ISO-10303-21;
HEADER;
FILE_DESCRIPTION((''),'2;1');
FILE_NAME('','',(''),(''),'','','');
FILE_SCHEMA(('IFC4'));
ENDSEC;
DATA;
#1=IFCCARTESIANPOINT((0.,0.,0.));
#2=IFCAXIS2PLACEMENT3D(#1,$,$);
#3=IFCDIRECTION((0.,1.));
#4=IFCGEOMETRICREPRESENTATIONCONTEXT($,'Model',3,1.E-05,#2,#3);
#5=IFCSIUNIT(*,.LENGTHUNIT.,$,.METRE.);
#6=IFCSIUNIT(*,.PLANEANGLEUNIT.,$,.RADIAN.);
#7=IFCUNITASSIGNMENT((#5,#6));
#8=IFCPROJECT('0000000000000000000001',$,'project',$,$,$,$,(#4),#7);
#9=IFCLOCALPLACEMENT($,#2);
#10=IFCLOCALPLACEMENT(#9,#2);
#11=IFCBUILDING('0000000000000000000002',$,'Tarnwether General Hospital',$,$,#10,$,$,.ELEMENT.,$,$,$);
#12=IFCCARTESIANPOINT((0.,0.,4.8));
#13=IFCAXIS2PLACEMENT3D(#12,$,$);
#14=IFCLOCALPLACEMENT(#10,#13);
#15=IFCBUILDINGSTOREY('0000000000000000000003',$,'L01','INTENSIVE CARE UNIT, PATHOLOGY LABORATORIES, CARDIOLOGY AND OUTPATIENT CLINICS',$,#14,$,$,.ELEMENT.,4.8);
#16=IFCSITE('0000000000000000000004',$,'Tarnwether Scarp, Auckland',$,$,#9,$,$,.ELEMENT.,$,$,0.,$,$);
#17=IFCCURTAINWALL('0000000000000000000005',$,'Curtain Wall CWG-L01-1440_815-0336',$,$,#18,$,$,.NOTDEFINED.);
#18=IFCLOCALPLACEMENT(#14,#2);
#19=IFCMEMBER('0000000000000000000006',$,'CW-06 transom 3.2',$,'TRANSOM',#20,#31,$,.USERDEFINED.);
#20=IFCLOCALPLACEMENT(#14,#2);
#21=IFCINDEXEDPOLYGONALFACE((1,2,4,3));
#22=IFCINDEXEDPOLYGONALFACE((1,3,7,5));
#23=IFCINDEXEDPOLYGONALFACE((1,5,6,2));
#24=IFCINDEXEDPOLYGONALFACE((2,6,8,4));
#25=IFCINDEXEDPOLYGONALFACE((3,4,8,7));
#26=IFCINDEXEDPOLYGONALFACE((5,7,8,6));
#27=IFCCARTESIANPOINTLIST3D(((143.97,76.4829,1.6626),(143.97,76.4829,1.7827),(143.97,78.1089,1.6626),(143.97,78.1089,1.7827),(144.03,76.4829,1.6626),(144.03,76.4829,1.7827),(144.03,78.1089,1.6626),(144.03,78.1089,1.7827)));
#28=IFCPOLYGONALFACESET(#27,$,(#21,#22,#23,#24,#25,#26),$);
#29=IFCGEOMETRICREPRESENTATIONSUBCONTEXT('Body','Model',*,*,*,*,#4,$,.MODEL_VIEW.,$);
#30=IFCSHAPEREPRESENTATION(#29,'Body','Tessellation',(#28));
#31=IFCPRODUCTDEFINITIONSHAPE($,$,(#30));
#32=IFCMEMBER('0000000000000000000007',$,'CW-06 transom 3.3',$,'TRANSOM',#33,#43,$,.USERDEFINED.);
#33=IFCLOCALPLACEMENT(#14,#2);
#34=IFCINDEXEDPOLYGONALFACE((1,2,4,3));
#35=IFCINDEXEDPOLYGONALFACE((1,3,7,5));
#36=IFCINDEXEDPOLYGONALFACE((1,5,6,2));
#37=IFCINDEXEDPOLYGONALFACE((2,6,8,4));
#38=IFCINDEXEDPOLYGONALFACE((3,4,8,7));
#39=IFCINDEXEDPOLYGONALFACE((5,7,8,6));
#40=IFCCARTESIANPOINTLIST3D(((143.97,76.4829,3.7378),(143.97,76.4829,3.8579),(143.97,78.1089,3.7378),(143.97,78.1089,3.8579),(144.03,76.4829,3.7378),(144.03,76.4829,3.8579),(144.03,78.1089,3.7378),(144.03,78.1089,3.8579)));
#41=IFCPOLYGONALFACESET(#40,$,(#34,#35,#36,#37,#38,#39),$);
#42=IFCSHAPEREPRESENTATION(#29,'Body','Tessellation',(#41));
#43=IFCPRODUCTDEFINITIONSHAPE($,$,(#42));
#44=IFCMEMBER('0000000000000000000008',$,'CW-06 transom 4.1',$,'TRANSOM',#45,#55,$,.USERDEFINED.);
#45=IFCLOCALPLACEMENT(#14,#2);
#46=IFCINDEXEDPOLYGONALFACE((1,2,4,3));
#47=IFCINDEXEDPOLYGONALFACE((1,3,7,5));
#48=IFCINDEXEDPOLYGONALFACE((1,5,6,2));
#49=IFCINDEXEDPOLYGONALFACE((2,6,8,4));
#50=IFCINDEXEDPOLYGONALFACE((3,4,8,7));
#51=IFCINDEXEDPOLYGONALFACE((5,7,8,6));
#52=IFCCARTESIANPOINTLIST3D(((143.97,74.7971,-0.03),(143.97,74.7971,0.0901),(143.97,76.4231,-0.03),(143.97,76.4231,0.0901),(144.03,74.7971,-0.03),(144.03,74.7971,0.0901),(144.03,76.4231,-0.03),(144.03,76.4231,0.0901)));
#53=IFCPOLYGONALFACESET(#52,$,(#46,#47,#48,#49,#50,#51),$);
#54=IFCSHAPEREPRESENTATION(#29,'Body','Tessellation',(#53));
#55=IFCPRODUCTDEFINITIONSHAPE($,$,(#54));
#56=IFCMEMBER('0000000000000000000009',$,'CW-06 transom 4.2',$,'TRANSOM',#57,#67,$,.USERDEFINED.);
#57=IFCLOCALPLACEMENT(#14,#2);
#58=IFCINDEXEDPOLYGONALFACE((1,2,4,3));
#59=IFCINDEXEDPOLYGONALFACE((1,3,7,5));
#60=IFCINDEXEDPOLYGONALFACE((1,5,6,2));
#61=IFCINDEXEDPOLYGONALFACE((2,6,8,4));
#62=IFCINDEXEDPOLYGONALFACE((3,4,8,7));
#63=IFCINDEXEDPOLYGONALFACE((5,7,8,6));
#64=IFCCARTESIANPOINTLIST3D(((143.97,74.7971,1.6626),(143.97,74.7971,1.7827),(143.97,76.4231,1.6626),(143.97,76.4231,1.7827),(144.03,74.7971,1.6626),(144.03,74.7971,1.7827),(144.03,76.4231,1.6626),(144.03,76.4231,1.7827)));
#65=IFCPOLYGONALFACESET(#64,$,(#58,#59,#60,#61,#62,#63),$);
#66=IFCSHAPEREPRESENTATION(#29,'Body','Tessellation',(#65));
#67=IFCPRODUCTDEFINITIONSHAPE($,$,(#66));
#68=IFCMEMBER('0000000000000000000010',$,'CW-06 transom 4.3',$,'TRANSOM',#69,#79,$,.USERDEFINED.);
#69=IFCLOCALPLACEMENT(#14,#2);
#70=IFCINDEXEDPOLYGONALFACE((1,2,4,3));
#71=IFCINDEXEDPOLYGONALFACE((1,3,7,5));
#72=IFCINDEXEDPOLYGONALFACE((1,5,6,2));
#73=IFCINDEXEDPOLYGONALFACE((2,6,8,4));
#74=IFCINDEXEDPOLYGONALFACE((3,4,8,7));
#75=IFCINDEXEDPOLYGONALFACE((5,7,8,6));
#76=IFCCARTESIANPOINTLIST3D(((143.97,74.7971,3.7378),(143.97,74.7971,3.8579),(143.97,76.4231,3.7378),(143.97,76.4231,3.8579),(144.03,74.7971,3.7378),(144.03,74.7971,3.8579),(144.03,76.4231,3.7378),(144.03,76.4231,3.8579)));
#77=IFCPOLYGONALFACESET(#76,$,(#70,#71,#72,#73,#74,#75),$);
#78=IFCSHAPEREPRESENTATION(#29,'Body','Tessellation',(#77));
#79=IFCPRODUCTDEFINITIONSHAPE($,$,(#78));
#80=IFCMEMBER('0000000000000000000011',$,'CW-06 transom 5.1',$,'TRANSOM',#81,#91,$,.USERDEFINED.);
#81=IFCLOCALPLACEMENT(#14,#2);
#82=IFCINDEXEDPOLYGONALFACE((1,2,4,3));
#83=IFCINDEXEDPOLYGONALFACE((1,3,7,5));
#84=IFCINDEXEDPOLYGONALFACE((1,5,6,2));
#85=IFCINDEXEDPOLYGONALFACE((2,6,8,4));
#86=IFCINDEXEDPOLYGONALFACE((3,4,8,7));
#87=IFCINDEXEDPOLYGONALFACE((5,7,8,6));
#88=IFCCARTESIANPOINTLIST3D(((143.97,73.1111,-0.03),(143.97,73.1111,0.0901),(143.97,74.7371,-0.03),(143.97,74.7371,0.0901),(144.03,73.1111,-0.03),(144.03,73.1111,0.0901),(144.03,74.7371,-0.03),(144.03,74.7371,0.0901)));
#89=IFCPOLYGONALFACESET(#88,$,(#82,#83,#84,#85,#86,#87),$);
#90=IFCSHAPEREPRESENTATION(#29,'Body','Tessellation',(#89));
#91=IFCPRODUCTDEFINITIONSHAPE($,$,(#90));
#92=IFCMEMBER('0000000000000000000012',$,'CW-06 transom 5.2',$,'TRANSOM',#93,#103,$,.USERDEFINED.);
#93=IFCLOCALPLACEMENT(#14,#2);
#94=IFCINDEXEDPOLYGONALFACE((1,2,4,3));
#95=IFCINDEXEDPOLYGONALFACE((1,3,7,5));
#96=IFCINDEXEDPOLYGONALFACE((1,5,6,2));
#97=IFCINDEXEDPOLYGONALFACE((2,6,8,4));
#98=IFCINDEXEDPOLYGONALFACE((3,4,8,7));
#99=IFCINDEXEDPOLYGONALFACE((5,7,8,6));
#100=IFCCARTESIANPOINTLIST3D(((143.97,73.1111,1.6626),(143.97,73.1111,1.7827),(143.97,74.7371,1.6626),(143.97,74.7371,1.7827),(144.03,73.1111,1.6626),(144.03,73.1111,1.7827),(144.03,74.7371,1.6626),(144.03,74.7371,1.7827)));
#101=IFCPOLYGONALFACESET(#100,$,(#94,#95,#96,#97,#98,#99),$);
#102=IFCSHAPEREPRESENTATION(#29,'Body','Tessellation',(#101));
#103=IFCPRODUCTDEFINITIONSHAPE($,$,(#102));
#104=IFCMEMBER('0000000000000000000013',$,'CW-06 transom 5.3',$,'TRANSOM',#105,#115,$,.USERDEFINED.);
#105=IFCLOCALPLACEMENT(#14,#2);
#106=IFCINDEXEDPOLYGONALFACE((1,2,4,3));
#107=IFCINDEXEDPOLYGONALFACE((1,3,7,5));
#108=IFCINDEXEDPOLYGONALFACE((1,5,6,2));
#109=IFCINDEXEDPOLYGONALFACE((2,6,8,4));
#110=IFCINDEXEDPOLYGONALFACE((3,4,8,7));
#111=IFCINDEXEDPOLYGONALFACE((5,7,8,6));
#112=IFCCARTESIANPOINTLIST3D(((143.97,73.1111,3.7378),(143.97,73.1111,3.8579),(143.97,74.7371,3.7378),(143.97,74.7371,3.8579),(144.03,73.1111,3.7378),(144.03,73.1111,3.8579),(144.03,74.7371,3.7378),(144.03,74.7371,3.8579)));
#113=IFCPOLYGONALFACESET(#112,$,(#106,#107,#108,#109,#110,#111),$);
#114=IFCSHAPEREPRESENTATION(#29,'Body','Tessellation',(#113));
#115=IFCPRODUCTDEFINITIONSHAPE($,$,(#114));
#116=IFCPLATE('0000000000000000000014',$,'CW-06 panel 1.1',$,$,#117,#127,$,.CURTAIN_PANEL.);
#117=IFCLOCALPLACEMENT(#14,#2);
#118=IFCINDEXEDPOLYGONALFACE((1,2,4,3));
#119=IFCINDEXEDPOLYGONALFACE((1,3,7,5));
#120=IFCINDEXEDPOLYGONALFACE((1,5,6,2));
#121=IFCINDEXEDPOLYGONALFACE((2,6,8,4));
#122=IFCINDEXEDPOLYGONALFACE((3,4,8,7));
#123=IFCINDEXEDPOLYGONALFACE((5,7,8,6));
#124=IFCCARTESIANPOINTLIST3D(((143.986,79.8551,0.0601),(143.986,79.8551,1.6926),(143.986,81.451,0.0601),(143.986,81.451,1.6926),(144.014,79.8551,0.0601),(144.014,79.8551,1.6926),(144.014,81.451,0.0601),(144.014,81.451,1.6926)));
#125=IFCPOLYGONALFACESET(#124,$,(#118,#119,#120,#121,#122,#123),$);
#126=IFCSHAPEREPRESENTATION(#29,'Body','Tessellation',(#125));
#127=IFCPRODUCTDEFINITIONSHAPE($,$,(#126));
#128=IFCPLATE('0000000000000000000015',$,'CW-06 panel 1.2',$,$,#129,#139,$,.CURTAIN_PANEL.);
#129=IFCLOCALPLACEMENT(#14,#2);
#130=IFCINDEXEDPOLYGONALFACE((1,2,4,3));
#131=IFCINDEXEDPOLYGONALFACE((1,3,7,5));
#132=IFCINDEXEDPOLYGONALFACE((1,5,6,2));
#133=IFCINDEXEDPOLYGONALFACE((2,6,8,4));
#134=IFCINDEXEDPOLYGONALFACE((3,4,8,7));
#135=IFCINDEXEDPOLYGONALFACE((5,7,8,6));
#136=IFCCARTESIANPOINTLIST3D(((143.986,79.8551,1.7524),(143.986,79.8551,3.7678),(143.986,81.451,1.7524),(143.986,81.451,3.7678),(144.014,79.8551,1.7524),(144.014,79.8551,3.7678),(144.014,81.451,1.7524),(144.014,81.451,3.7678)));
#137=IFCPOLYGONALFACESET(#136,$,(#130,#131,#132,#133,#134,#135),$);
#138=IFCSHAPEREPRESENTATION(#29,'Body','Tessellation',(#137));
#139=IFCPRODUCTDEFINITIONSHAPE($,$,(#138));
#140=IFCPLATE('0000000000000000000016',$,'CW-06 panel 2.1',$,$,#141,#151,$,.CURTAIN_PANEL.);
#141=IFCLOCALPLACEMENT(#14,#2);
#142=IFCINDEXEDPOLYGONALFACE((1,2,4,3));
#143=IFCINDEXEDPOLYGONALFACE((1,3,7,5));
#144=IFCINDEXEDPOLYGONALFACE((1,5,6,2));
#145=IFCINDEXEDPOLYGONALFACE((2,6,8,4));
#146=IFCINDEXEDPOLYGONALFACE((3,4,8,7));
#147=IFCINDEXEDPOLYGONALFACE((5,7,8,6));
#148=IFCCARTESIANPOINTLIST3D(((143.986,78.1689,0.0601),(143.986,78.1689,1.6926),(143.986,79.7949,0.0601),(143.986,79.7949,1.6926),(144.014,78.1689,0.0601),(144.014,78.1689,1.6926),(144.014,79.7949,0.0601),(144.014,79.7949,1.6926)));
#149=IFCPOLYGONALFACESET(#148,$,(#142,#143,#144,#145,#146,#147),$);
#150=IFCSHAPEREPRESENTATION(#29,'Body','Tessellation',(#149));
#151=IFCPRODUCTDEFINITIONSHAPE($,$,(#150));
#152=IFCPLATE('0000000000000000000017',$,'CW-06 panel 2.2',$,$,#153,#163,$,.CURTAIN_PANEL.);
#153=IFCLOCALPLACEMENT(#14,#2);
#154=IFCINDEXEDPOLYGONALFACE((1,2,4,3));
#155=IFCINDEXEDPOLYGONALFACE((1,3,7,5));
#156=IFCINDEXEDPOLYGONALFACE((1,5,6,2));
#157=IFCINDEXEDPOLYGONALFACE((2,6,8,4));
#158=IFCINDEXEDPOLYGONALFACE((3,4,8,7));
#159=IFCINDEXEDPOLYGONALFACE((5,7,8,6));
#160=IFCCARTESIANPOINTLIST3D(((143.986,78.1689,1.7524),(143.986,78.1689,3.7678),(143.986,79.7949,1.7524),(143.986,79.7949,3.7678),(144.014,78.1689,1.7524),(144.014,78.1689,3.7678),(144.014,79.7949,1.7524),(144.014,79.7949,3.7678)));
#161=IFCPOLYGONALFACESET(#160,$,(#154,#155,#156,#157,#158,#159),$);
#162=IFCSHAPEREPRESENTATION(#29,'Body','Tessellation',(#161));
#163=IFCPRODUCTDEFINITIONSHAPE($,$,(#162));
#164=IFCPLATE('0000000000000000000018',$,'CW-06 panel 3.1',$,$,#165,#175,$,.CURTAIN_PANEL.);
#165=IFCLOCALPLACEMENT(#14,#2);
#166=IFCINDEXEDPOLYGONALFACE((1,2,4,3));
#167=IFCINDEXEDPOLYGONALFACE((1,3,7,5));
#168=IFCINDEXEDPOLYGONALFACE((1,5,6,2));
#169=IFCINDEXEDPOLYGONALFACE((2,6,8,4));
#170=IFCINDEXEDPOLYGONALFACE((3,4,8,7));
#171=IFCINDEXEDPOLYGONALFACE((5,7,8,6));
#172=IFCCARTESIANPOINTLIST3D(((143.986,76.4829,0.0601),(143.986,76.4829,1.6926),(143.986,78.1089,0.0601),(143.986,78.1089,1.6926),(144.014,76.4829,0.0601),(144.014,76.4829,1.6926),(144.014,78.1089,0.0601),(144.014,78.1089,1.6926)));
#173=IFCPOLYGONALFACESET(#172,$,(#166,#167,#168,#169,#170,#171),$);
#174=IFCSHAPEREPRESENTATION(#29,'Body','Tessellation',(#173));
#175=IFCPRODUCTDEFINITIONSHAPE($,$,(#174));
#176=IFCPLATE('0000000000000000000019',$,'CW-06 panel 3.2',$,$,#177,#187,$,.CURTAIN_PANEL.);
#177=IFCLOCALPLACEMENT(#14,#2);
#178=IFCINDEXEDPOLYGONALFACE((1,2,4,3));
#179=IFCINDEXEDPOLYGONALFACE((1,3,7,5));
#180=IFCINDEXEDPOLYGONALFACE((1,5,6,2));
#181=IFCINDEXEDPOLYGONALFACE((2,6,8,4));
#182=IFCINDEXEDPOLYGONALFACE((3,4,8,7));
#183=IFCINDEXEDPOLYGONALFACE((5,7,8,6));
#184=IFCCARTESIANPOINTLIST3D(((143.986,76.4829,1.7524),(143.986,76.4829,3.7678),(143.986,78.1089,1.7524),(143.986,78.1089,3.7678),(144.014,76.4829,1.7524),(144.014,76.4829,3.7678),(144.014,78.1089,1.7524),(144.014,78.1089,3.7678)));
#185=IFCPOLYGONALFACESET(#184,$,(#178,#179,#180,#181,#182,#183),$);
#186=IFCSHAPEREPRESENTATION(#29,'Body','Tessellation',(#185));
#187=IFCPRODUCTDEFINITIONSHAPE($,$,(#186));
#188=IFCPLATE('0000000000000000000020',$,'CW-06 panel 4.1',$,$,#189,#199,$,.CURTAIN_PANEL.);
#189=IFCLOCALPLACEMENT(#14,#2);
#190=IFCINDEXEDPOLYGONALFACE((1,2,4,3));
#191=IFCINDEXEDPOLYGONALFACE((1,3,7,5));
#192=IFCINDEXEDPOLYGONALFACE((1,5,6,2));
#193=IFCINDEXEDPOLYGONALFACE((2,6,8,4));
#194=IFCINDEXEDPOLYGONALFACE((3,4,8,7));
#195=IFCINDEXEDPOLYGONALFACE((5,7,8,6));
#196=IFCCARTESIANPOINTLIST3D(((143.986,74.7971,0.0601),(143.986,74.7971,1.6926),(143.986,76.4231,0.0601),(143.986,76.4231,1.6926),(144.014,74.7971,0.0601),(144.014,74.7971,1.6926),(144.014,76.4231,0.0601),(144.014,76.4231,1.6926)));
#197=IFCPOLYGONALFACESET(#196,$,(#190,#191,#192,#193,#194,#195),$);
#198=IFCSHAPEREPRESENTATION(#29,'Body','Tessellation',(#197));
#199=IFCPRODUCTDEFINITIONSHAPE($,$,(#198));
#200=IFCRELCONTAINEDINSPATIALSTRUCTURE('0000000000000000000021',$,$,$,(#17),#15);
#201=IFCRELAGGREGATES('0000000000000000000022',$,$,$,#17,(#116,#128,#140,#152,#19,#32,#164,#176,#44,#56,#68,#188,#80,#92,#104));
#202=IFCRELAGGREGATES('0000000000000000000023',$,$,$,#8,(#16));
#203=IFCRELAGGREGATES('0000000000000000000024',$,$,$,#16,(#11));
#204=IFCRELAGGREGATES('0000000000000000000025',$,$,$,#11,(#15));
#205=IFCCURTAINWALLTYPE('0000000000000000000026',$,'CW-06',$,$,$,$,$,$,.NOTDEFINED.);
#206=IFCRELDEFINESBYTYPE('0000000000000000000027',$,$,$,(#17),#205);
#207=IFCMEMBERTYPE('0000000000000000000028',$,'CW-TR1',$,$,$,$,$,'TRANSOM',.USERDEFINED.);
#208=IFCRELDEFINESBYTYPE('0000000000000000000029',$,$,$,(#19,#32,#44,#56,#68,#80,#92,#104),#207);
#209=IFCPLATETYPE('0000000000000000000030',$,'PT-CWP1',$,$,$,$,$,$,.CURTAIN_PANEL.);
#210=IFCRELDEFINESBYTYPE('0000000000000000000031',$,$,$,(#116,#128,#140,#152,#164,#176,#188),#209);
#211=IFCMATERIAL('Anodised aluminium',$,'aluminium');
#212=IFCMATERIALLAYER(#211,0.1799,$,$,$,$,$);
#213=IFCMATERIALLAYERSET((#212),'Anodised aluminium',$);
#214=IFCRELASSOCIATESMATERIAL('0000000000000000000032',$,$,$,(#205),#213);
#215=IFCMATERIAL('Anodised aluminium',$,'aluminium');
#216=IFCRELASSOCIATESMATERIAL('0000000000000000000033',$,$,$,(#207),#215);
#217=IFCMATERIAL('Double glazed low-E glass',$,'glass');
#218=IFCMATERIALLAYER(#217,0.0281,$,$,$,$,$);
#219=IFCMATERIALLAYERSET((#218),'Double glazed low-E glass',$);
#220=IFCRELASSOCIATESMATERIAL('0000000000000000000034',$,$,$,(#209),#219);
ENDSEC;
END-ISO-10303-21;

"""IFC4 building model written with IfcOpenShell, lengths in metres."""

from ifc_helpers import new_model, si_unit, direction, frame, origin, origin_2d, place, context, subcontext, project, spatial, rectangle, extrude, material, layer, layer_set, material_profile, profile_set, type_object, element, aggregate, save


model = new_model("IFC4")

# Units and contexts
model_context = context("Model", 3, precision=1e-05, world=origin(), true_north=direction((0.0, 1.0)))
body_context = subcontext(model_context, "Body", "Model", "MODEL_VIEW")
ifc_project = project(units=[si_unit("LENGTHUNIT", "METRE"), si_unit("PLANEANGLEUNIT", "RADIAN")], contexts=[model_context])

# Site, building, storey
site_placement = place(None, origin())
site = spatial("IfcSite", under=ifc_project, at=site_placement, Name="Tarnwether Scarp, Auckland", CompositionType="ELEMENT", RefElevation=0.0)
building_placement = place(site_placement, origin())
building = spatial("IfcBuilding", under=site, at=building_placement, Name="Tarnwether General Hospital", CompositionType="ELEMENT")
storey_placement = place(building_placement, frame((0.0, 0.0, 4.8)))
storey = spatial("IfcBuildingStorey", under=building, at=storey_placement, Name="L01", Description="INTENSIVE CARE UNIT, PATHOLOGY LABORATORIES, CARDIOLOGY AND OUTPATIENT CLINICS", CompositionType="ELEMENT", Elevation=4.8)

# Curtain wall, members, plates
ifc_material_1 = material(Name="Anodised aluminium", Category="aluminium")
ifc_layer_1 = layer(ifc_material_1, 0.1799)
ifc_layer_set_1 = layer_set([ifc_layer_1], Name="Anodised aluminium")
curtain_wall_type = type_object("IfcCurtainWallType", Name="CW-06", PredefinedType="NOTDEFINED", material=ifc_layer_set_1)
curtain_wall_placement = place(storey_placement, origin())
curtain_wall = element("IfcCurtainWall", 1, at=curtain_wall_placement, inside=storey, type_object=curtain_wall_type, Name="Curtain Wall CWG-L01-1440_815-0336", PredefinedType="NOTDEFINED")
ifc_material_2 = material(Name="Anodised aluminium", Category="aluminium")
ifc_material_profile_1 = material_profile(ifc_material_2, rectangle(XDim=0.0601, YDim=0.1201, at=origin_2d()), Name="ALU-TRN-60x120")
ifc_profile_set_1 = profile_set([ifc_material_profile_1], Name="Anodised aluminium")
member_type_1 = type_object("IfcMemberType", Name="CW-TR1", ElementType="TRANSOM", PredefinedType="USERDEFINED", material=ifc_profile_set_1)
member_1_placement = place(storey_placement, frame((144.0, 78.1089, 1.7227), z_axis=(0.0, -1.0, 0.0), x_axis=(1.0, 0.0, 0.0)))
member_1 = element("IfcMember", 2, at=member_1_placement, type_object=member_type_1, Name="CW-06 transom 3.2", ObjectType="TRANSOM", PredefinedType="USERDEFINED", context=body_context, shape_type="SweptSolid", body=[
    extrude(rectangle(XDim=0.0601, YDim=0.1201, at=origin_2d()), origin(), (0.0, 0.0, 1.0), 1.626),
])
member_2_placement = place(storey_placement, frame((144.0, 78.1089, 3.7979), z_axis=(0.0, -1.0, 0.0), x_axis=(1.0, 0.0, 0.0)))
member_2 = element("IfcMember", 3, at=member_2_placement, type_object=member_type_1, Name="CW-06 transom 3.3", ObjectType="TRANSOM", PredefinedType="USERDEFINED", context=body_context, shape_type="SweptSolid", body=[
    extrude(rectangle(XDim=0.0601, YDim=0.1201, at=origin_2d()), origin(), (0.0, 0.0, 1.0), 1.626),
])
member_3_placement = place(storey_placement, frame((144.0, 76.4231, 0.03), z_axis=(0.0, -1.0, 0.0), x_axis=(1.0, 0.0, 0.0)))
member_3 = element("IfcMember", 4, at=member_3_placement, type_object=member_type_1, Name="CW-06 transom 4.1", ObjectType="TRANSOM", PredefinedType="USERDEFINED", context=body_context, shape_type="SweptSolid", body=[
    extrude(rectangle(XDim=0.0601, YDim=0.1201, at=origin_2d()), origin(), (0.0, 0.0, 1.0), 1.626),
])
member_4_placement = place(storey_placement, frame((144.0, 76.4231, 1.7227), z_axis=(0.0, -1.0, 0.0), x_axis=(1.0, 0.0, 0.0)))
member_4 = element("IfcMember", 5, at=member_4_placement, type_object=member_type_1, Name="CW-06 transom 4.2", ObjectType="TRANSOM", PredefinedType="USERDEFINED", context=body_context, shape_type="SweptSolid", body=[
    extrude(rectangle(XDim=0.0601, YDim=0.1201, at=origin_2d()), origin(), (0.0, 0.0, 1.0), 1.626),
])
member_5_placement = place(storey_placement, frame((144.0, 76.4231, 3.7979), z_axis=(0.0, -1.0, 0.0), x_axis=(1.0, 0.0, 0.0)))
member_5 = element("IfcMember", 6, at=member_5_placement, type_object=member_type_1, Name="CW-06 transom 4.3", ObjectType="TRANSOM", PredefinedType="USERDEFINED", context=body_context, shape_type="SweptSolid", body=[
    extrude(rectangle(XDim=0.0601, YDim=0.1201, at=origin_2d()), origin(), (0.0, 0.0, 1.0), 1.626),
])
member_6_placement = place(storey_placement, frame((144.0, 74.7371, 0.03), z_axis=(0.0, -1.0, 0.0), x_axis=(1.0, 0.0, 0.0)))
member_6 = element("IfcMember", 7, at=member_6_placement, type_object=member_type_1, Name="CW-06 transom 5.1", ObjectType="TRANSOM", PredefinedType="USERDEFINED", context=body_context, shape_type="SweptSolid", body=[
    extrude(rectangle(XDim=0.0601, YDim=0.1201, at=origin_2d()), origin(), (0.0, 0.0, 1.0), 1.626),
])
member_7_placement = place(storey_placement, frame((144.0, 74.7371, 1.7227), z_axis=(0.0, -1.0, 0.0), x_axis=(1.0, 0.0, 0.0)))
member_7 = element("IfcMember", 8, at=member_7_placement, type_object=member_type_1, Name="CW-06 transom 5.2", ObjectType="TRANSOM", PredefinedType="USERDEFINED", context=body_context, shape_type="SweptSolid", body=[
    extrude(rectangle(XDim=0.0601, YDim=0.1201, at=origin_2d()), origin(), (0.0, 0.0, 1.0), 1.626),
])
member_8_placement = place(storey_placement, frame((144.0, 74.7371, 3.7979), z_axis=(0.0, -1.0, 0.0), x_axis=(1.0, 0.0, 0.0)))
member_8 = element("IfcMember", 9, at=member_8_placement, type_object=member_type_1, Name="CW-06 transom 5.3", ObjectType="TRANSOM", PredefinedType="USERDEFINED", context=body_context, shape_type="SweptSolid", body=[
    extrude(rectangle(XDim=0.0601, YDim=0.1201, at=origin_2d()), origin(), (0.0, 0.0, 1.0), 1.626),
])
ifc_material_3 = material(Name="Double glazed low-E glass", Category="glass")
ifc_layer_2 = layer(ifc_material_3, 0.0281)
ifc_layer_set_2 = layer_set([ifc_layer_2], Name="Double glazed low-E glass")
plate_type_1 = type_object("IfcPlateType", Name="PT-CWP1", PredefinedType="CURTAIN_PANEL", material=ifc_layer_set_2)
plate_1_placement = place(storey_placement, frame((144.0, 80.6531, 0.0601), z_axis=(0.0, 0.0, 1.0), x_axis=(0.0, -1.0, 0.0)))
plate_1 = element("IfcPlate", 10, at=plate_1_placement, type_object=plate_type_1, Name="CW-06 panel 1.1", PredefinedType="CURTAIN_PANEL", context=body_context, shape_type="SweptSolid", body=[
    extrude(rectangle(XDim=1.5959, YDim=0.0281, at=origin_2d()), origin(), (0.0, 0.0, 1.0), 1.6326),
])
plate_2_placement = place(storey_placement, frame((144.0, 80.6531, 1.7524), z_axis=(0.0, 0.0, 1.0), x_axis=(0.0, -1.0, 0.0)))
plate_2 = element("IfcPlate", 11, at=plate_2_placement, type_object=plate_type_1, Name="CW-06 panel 1.2", PredefinedType="CURTAIN_PANEL", context=body_context, shape_type="SweptSolid", body=[
    extrude(rectangle(XDim=1.5959, YDim=0.0281, at=origin_2d()), origin(), (0.0, 0.0, 1.0), 2.0154),
])
plate_3_placement = place(storey_placement, frame((144.0, 78.9819, 0.0601), z_axis=(0.0, 0.0, 1.0), x_axis=(0.0, -1.0, 0.0)))
plate_3 = element("IfcPlate", 12, at=plate_3_placement, type_object=plate_type_1, Name="CW-06 panel 2.1", PredefinedType="CURTAIN_PANEL", context=body_context, shape_type="SweptSolid", body=[
    extrude(rectangle(XDim=1.626, YDim=0.0281, at=origin_2d()), origin(), (0.0, 0.0, 1.0), 1.6326),
])
plate_4_placement = place(storey_placement, frame((144.0, 78.9819, 1.7524), z_axis=(0.0, 0.0, 1.0), x_axis=(0.0, -1.0, 0.0)))
plate_4 = element("IfcPlate", 13, at=plate_4_placement, type_object=plate_type_1, Name="CW-06 panel 2.2", PredefinedType="CURTAIN_PANEL", context=body_context, shape_type="SweptSolid", body=[
    extrude(rectangle(XDim=1.626, YDim=0.0281, at=origin_2d()), origin(), (0.0, 0.0, 1.0), 2.0154),
])
plate_5_placement = place(storey_placement, frame((144.0, 77.2959, 0.0601), z_axis=(0.0, 0.0, 1.0), x_axis=(0.0, -1.0, 0.0)))
plate_5 = element("IfcPlate", 14, at=plate_5_placement, type_object=plate_type_1, Name="CW-06 panel 3.1", PredefinedType="CURTAIN_PANEL", context=body_context, shape_type="SweptSolid", body=[
    extrude(rectangle(XDim=1.626, YDim=0.0281, at=origin_2d()), origin(), (0.0, 0.0, 1.0), 1.6326),
])
plate_6_placement = place(storey_placement, frame((144.0, 77.2959, 1.7524), z_axis=(0.0, 0.0, 1.0), x_axis=(0.0, -1.0, 0.0)))
plate_6 = element("IfcPlate", 15, at=plate_6_placement, type_object=plate_type_1, Name="CW-06 panel 3.2", PredefinedType="CURTAIN_PANEL", context=body_context, shape_type="SweptSolid", body=[
    extrude(rectangle(XDim=1.626, YDim=0.0281, at=origin_2d()), origin(), (0.0, 0.0, 1.0), 2.0154),
])
plate_7_placement = place(storey_placement, frame((144.0, 75.6101, 0.0601), z_axis=(0.0, 0.0, 1.0), x_axis=(0.0, -1.0, 0.0)))
plate_7 = element("IfcPlate", 16, at=plate_7_placement, type_object=plate_type_1, Name="CW-06 panel 4.1", PredefinedType="CURTAIN_PANEL", context=body_context, shape_type="SweptSolid", body=[
    extrude(rectangle(XDim=1.626, YDim=0.0281, at=origin_2d()), origin(), (0.0, 0.0, 1.0), 1.6326),
])
aggregate(curtain_wall, [plate_1, plate_2, plate_3, plate_4, member_1, member_2, plate_5, plate_6, member_3, member_4, member_5, plate_7, member_6, member_7, member_8])

save(model, "model.ifc")
